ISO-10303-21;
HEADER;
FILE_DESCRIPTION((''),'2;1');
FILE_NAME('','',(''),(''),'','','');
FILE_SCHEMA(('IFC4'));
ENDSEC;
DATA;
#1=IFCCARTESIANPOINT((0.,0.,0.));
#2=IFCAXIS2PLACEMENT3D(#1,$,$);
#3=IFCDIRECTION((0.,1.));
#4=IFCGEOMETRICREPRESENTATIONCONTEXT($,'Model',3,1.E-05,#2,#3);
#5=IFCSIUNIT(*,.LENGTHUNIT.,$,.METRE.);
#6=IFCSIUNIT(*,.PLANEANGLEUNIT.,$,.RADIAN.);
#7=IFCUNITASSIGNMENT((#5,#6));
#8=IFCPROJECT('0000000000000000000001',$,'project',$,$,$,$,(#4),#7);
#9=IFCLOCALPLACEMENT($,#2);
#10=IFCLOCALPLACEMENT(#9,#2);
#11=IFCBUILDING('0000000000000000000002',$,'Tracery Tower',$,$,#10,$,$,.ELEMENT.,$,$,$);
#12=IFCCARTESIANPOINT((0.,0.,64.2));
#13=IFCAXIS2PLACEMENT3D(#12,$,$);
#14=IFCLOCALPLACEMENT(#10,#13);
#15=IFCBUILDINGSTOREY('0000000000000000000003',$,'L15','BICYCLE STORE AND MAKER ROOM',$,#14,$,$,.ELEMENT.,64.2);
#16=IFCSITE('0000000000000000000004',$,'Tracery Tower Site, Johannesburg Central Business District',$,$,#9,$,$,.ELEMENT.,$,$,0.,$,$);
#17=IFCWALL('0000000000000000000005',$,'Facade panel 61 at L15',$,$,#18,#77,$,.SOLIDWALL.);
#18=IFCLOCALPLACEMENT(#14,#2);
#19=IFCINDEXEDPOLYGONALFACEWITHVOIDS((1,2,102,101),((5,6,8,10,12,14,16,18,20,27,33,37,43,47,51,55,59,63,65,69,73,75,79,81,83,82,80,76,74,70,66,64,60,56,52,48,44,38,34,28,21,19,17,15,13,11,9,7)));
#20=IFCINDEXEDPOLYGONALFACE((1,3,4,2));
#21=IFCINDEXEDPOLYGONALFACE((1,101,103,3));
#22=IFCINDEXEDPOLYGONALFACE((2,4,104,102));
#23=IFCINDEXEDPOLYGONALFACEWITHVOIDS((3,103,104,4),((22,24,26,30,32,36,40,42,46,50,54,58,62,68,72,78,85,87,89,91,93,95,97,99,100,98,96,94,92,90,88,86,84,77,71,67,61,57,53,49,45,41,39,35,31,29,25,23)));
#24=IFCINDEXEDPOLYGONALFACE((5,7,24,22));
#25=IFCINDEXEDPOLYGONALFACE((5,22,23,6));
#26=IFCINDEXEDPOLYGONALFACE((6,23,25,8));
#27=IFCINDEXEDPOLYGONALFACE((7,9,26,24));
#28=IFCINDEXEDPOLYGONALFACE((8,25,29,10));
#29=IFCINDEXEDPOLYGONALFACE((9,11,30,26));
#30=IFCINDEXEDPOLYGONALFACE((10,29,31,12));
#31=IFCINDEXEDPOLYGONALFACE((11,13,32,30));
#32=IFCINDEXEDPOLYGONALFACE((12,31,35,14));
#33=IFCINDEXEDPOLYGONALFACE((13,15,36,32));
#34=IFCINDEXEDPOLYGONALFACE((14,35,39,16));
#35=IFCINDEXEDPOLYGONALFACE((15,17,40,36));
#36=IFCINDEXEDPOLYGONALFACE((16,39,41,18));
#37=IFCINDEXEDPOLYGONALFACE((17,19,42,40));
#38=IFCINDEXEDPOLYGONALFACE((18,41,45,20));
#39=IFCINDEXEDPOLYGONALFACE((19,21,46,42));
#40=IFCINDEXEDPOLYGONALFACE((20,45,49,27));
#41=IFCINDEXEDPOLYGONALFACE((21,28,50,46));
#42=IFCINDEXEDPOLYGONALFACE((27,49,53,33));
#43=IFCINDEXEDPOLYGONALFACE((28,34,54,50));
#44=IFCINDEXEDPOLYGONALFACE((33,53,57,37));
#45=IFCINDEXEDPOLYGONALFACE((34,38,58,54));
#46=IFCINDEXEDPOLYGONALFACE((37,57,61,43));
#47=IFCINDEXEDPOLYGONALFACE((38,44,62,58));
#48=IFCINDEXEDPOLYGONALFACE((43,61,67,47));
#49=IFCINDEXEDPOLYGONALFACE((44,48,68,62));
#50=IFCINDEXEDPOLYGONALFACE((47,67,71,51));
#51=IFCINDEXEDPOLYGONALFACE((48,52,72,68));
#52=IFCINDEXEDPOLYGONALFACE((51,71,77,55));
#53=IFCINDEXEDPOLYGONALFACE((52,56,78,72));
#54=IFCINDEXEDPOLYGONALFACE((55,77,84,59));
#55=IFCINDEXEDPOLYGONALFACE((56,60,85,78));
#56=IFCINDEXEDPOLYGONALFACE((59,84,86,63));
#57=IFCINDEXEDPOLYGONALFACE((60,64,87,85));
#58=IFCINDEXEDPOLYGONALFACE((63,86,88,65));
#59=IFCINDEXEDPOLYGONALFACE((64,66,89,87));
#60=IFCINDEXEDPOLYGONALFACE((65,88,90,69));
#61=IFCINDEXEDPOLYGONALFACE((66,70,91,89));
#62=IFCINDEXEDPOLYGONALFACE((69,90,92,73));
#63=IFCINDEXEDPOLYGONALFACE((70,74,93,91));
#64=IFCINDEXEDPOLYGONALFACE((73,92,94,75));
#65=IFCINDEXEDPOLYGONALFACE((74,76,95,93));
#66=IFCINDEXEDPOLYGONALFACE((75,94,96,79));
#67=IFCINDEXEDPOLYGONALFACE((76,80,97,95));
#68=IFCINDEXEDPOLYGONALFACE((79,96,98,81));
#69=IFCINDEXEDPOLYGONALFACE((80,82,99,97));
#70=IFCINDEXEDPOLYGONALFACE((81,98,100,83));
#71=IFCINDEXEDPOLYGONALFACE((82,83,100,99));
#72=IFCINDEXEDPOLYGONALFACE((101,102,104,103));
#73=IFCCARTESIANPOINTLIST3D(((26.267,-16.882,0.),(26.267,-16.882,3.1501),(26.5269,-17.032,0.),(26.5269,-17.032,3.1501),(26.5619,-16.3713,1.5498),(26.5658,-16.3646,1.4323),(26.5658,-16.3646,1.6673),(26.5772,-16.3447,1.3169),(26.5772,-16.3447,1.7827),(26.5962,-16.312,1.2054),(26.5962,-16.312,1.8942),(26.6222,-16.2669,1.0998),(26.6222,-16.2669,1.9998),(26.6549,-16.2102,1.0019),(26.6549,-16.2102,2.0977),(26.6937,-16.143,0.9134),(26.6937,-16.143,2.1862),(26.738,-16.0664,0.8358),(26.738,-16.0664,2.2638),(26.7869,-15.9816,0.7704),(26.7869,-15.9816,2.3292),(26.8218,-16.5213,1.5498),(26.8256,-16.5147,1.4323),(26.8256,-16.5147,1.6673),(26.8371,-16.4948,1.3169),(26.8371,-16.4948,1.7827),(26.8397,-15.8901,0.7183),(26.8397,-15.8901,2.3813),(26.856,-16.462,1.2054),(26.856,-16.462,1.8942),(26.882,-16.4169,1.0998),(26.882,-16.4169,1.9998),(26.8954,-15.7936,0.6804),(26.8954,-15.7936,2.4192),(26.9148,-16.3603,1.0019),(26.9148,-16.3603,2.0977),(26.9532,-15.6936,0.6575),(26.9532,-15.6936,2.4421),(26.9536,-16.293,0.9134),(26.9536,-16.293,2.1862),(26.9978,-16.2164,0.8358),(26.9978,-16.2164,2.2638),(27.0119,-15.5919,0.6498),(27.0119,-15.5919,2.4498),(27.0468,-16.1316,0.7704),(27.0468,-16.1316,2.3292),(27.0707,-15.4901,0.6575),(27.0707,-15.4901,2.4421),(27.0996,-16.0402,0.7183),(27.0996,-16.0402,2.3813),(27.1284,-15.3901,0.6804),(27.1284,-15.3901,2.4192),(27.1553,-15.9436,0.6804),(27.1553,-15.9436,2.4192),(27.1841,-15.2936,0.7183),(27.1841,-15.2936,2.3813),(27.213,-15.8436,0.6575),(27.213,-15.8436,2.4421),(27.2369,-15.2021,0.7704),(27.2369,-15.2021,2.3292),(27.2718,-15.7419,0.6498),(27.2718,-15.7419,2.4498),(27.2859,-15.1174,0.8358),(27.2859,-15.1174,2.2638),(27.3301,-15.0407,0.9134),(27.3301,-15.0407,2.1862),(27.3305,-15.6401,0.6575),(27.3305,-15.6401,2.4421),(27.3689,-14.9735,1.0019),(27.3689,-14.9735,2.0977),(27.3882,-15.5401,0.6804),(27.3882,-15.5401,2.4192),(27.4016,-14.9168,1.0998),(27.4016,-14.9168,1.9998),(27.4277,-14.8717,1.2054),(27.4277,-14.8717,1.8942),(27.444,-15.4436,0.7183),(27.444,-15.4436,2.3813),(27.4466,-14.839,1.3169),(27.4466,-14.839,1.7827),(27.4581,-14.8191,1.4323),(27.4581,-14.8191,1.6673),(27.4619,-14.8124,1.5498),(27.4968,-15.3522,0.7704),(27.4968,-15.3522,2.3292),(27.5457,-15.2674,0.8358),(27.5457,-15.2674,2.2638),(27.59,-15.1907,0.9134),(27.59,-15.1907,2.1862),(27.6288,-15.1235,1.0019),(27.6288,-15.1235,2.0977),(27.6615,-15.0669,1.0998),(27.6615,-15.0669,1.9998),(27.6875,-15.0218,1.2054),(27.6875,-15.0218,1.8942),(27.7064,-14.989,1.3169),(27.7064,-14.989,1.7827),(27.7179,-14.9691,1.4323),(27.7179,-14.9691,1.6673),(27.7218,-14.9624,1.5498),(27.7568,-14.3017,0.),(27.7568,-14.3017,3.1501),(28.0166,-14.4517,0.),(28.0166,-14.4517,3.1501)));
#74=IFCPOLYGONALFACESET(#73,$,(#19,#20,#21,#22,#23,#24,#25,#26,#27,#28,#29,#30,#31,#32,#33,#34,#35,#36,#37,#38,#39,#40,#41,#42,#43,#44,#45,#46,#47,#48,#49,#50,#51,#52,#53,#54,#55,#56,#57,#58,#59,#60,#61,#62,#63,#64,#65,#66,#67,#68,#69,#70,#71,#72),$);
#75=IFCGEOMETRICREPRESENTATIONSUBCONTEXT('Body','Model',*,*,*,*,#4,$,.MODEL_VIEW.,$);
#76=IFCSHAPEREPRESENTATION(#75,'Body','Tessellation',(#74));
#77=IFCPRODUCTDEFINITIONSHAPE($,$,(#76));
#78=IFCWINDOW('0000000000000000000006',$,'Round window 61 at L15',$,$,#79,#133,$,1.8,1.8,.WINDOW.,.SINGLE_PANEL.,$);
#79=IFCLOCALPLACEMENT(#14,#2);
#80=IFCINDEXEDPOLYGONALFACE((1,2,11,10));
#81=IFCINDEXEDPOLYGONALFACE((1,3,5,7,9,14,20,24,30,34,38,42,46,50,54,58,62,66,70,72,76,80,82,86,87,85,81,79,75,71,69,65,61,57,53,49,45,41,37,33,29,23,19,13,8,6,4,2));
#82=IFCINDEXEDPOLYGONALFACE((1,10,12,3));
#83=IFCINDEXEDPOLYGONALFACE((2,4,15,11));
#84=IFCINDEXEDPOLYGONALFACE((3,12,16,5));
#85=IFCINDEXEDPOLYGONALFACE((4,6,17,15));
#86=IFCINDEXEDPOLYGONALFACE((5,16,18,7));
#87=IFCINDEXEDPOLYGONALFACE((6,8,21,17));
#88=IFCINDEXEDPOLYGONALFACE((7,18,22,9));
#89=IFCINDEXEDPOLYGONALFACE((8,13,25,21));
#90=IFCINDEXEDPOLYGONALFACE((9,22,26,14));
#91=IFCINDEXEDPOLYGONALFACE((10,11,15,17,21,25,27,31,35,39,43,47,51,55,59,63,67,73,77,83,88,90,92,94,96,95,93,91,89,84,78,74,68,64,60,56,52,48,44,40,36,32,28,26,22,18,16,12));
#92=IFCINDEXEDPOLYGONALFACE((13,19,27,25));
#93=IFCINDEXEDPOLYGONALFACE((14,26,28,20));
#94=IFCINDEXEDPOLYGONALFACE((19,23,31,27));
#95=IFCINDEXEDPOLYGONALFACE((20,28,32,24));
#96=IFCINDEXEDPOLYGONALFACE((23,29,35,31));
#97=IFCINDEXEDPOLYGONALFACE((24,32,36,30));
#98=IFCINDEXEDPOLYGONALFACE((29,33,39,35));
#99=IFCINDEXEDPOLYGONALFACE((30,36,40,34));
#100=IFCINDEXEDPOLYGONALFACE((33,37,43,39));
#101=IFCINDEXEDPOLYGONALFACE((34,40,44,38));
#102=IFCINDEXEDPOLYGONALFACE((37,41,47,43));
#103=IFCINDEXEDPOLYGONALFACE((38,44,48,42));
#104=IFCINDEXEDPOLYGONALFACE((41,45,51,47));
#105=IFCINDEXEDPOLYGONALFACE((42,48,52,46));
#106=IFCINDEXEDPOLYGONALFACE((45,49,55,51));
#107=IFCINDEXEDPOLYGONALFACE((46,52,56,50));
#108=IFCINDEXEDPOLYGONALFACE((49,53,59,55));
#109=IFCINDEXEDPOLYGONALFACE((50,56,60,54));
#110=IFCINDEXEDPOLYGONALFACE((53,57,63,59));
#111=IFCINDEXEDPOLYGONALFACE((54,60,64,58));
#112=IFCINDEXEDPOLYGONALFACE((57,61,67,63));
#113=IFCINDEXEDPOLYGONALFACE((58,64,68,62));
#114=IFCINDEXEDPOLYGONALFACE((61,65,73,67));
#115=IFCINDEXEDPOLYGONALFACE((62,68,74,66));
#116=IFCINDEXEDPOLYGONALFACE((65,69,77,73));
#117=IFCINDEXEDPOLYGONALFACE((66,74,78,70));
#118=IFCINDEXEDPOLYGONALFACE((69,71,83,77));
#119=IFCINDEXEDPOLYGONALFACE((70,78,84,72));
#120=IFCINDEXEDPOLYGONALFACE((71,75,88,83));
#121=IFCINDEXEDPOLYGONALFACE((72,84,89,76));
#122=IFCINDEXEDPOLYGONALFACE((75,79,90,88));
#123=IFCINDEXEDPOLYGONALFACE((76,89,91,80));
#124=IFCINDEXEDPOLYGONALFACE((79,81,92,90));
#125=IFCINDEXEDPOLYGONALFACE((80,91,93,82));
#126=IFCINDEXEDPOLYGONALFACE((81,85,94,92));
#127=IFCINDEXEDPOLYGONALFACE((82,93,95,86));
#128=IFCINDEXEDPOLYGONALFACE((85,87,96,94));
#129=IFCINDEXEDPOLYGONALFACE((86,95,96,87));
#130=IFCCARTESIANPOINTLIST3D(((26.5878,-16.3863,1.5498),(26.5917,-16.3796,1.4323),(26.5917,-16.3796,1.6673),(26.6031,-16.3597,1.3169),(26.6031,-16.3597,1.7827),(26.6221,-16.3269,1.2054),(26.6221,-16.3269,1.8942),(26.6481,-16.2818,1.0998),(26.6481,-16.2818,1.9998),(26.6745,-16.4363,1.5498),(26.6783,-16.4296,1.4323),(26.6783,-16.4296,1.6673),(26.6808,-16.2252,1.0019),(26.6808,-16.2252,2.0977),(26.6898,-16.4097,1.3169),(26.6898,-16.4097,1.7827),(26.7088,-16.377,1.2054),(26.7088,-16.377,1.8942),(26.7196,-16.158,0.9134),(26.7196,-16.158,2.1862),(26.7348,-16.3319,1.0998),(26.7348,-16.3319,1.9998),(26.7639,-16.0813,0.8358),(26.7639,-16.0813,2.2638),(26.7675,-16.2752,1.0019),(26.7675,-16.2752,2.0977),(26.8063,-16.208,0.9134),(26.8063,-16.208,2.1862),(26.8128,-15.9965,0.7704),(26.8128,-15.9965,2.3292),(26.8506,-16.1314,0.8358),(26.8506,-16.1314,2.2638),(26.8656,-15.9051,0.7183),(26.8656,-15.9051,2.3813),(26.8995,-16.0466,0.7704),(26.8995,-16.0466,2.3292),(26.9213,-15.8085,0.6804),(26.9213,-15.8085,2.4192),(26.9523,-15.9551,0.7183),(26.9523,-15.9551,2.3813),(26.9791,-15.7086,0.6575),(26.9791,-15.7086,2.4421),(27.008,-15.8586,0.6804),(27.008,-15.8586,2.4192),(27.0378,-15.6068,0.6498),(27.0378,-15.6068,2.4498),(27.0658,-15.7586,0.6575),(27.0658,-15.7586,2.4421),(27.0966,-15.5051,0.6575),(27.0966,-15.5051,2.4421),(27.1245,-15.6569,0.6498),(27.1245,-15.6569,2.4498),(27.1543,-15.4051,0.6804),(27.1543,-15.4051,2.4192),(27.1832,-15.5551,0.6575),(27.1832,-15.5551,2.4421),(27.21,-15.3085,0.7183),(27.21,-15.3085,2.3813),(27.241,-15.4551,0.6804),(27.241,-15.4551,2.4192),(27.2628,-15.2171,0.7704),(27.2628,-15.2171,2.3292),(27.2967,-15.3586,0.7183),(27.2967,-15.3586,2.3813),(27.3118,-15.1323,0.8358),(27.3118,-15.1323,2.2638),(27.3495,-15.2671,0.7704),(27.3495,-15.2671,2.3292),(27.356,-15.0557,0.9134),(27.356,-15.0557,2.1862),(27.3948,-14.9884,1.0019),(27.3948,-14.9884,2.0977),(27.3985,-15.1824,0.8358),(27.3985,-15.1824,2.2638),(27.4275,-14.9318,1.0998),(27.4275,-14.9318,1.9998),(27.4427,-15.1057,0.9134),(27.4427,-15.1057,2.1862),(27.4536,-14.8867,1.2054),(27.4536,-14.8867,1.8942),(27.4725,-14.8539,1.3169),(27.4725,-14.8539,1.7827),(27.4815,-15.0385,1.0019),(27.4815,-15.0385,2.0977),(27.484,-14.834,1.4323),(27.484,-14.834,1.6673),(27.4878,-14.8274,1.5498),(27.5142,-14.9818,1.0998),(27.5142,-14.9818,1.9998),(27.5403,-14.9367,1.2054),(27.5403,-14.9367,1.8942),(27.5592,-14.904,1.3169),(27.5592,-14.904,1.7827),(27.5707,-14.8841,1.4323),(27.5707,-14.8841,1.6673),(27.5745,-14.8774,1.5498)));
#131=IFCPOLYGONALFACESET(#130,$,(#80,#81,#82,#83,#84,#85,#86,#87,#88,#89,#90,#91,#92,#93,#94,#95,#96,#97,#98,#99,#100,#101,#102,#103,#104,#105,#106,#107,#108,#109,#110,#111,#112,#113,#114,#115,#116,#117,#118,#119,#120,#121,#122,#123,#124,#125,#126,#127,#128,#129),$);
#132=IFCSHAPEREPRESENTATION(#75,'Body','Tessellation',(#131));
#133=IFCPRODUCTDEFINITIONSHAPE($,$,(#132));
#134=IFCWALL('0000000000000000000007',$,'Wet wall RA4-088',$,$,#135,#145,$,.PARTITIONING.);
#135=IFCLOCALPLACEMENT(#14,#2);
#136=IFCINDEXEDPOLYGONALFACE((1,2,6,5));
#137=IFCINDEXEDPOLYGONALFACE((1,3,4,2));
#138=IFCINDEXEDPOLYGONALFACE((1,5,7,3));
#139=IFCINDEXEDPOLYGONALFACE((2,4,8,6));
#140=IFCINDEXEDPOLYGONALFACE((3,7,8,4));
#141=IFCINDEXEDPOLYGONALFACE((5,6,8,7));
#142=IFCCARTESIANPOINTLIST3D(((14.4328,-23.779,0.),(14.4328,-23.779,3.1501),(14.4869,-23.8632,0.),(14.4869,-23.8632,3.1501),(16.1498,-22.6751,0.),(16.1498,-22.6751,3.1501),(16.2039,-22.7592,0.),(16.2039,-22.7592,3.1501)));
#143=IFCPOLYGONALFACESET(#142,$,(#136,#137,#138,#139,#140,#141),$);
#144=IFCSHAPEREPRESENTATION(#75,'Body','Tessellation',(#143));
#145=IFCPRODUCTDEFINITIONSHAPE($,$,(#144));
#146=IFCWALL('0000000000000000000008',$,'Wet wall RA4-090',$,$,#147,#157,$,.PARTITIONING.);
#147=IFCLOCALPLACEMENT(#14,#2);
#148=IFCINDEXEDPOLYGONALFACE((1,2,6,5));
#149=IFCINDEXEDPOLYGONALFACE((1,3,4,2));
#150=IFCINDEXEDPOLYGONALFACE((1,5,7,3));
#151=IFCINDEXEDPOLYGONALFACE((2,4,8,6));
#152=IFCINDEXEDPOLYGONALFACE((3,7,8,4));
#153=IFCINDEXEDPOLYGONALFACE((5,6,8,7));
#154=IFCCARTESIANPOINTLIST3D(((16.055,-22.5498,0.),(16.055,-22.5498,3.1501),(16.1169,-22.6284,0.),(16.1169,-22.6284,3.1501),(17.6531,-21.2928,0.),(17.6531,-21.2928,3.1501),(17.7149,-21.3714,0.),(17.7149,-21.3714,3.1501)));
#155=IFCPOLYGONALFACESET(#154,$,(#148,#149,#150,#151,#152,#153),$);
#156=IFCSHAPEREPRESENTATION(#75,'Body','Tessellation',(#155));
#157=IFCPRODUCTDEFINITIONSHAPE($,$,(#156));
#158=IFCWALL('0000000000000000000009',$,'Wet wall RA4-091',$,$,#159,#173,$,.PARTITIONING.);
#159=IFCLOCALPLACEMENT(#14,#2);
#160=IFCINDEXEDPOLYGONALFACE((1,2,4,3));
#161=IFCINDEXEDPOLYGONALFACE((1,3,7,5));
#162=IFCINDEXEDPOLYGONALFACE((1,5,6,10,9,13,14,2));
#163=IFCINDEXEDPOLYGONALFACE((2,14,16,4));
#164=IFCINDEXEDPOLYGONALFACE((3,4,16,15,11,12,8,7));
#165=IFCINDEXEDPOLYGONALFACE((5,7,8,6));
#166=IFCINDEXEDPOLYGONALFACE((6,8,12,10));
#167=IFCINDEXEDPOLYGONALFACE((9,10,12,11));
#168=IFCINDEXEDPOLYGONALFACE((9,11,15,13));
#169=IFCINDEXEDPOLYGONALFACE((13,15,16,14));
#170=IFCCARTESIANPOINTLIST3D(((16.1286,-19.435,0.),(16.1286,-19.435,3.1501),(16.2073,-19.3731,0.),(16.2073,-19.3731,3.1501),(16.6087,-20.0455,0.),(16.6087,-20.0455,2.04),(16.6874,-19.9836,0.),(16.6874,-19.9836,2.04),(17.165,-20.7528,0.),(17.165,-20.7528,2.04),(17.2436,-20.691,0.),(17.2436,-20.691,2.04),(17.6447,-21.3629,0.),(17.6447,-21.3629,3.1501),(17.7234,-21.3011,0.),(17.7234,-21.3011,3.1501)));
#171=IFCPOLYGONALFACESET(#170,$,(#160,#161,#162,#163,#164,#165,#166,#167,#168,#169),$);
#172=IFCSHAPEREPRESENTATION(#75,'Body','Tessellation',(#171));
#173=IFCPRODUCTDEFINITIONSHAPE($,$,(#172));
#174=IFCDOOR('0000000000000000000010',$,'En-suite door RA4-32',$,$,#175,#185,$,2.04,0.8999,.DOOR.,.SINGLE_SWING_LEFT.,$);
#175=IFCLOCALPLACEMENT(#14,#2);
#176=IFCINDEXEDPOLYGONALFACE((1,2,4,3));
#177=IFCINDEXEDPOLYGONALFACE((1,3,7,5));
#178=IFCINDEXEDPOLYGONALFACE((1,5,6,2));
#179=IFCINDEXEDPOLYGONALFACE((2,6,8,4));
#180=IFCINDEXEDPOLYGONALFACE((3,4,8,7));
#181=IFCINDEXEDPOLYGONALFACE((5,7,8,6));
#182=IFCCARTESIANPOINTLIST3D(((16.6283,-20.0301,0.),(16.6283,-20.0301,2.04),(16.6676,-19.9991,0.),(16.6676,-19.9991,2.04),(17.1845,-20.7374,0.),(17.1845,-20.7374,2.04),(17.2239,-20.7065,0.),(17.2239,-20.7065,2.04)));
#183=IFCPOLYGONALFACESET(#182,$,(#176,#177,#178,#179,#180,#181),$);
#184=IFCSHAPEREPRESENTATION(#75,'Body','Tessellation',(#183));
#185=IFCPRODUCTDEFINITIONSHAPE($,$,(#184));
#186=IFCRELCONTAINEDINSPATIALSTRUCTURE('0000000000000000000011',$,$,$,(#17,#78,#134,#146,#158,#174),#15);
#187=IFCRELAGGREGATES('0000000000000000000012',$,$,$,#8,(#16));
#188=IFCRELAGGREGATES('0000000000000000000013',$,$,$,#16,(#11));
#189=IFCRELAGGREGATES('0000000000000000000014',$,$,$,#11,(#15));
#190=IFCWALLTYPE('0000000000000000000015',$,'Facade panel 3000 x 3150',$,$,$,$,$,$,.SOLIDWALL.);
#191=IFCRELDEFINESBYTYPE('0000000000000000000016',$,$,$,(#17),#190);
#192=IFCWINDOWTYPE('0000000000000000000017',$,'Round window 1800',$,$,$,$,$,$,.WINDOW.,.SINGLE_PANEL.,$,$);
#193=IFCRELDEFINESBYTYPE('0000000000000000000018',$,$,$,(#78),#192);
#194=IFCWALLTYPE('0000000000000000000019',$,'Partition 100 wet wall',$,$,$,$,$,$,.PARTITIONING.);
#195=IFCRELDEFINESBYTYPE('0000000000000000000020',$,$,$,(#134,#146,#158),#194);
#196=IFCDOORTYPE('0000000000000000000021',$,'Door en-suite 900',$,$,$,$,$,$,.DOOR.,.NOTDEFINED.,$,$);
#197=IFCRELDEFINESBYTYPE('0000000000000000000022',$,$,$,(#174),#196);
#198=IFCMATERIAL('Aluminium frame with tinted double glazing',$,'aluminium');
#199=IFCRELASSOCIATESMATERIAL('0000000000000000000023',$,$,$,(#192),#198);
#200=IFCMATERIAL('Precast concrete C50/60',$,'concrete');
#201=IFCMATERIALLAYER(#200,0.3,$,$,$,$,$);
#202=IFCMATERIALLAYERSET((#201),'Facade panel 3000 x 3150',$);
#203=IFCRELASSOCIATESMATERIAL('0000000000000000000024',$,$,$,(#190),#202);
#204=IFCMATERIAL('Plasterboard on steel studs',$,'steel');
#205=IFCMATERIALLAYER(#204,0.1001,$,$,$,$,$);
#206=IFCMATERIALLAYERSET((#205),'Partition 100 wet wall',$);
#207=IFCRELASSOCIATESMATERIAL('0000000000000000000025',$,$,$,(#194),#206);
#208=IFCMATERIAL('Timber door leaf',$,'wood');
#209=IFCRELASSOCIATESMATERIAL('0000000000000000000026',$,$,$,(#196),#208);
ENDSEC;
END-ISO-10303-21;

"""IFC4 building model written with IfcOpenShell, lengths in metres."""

from ifc_helpers import new_model, si_unit, direction, frame, frame_2d, origin, origin_2d, place, context, subcontext, project, spatial, rectangle, circle, extrude, material, layer, layer_set, type_object, element, fill, save


model = new_model("IFC4")

# Units and contexts
model_context = context("Model", 3, precision=1e-05, world=origin(), true_north=direction((0.0, 1.0)))
body_context = subcontext(model_context, "Body", "Model", "MODEL_VIEW")
ifc_project = project(units=[si_unit("LENGTHUNIT", "METRE"), si_unit("PLANEANGLEUNIT", "RADIAN")], contexts=[model_context])

# Site, building, storey
site_placement = place(None, origin())
site = spatial("IfcSite", under=ifc_project, at=site_placement, Name="Tracery Tower Site, Johannesburg Central Business District", CompositionType="ELEMENT", RefElevation=0.0)
building_placement = place(site_placement, origin())
building = spatial("IfcBuilding", under=site, at=building_placement, Name="Tracery Tower", CompositionType="ELEMENT")
storey_placement = place(building_placement, frame((0.0, 0.0, 64.2)))
storey = spatial("IfcBuildingStorey", under=building, at=storey_placement, Name="L15", Description="BICYCLE STORE AND MAKER ROOM", CompositionType="ELEMENT", Elevation=64.2)

# Wall, opening, window
ifc_material_1 = material(Name="Aluminium frame with tinted double glazing", Category="aluminium")
window_type = type_object("IfcWindowType", Name="Round window 1800", PartitioningType="SINGLE_PANEL", PredefinedType="WINDOW", material=ifc_material_1)
ifc_material_2 = material(Name="Precast concrete C50/60", Category="concrete")
ifc_layer_1 = layer(ifc_material_2, 0.3)
ifc_layer_set_1 = layer_set([ifc_layer_1], Name="Facade panel 3000 x 3150")
wall_type_1 = type_object("IfcWallType", Name="Facade panel 3000 x 3150", PredefinedType="SOLIDWALL", material=ifc_layer_set_1)
wall_1_placement = place(storey_placement, frame((26.397, -16.957, 0.0), z_axis=(0.0, 0.0, 1.0), x_axis=(0.499999, 0.866026, 0.0)))
wall_1 = element("IfcWall", 1, at=wall_1_placement, inside=storey, type_object=wall_type_1, Name="Facade panel 61 at L15", PredefinedType="SOLIDWALL", context=body_context, shape_type="SweptSolid", body=[
    extrude(rectangle(XDim=2.9795, YDim=0.3, at=frame_2d((1.4897, 0.0))), origin(), (0.0, 0.0, 1.0), 3.1501),
])
opening_1_placement = place(wall_1_placement, frame((1.4897, 0.0, 1.5498)))
opening_1 = element("IfcOpeningElement", 2, at=opening_1_placement, cuts=wall_1, PredefinedType="OPENING", context=body_context, shape_type="SweptSolid", body=[
    extrude(circle(Radius=0.9, at=origin_2d()), frame((0.0, 0.1599, 0.0), z_axis=(0.0, -1.0, 0.0), x_axis=(1.0, 0.0, 0.0)), (0.0, 0.0, 1.0), 0.3201),
])
window_1_placement = place(opening_1_placement, origin())
window_1 = element("IfcWindow", 3, at=window_1_placement, inside=storey, type_object=window_type, Name="Round window 61 at L15", OverallHeight=1.8, OverallWidth=1.8, PartitioningType="SINGLE_PANEL", PredefinedType="WINDOW", context=body_context, shape_type="SweptSolid", body=[
    extrude(circle(Radius=0.9, at=origin_2d()), frame((0.0, 0.1201, 0.0), z_axis=(0.0, -1.0, 0.0), x_axis=(1.0, 0.0, 0.0)), (0.0, 0.0, 1.0), 0.1001),
])
fill(opening_1, window_1)

# Walls
ifc_material_3 = material(Name="Plasterboard on steel studs", Category="steel")
ifc_layer_2 = layer(ifc_material_3, 0.1001)
ifc_layer_set_2 = layer_set([ifc_layer_2], Name="Partition 100 wet wall")
wall_type_2 = type_object("IfcWallType", Name="Partition 100 wet wall", PredefinedType="PARTITIONING", material=ifc_layer_set_2)
wall_2_placement = place(storey_placement, frame((14.46, -23.821, 0.0), z_axis=(0.0, 0.0, 1.0), x_axis=(0.841136, 0.540824, 0.0)))
element("IfcWall", 4, at=wall_2_placement, inside=storey, type_object=wall_type_2, Name="Wet wall RA4-088", PredefinedType="PARTITIONING", context=body_context, shape_type="SweptSolid", body=[
    extrude(rectangle(XDim=2.0413, YDim=0.1001, at=frame_2d((1.0205, 0.0))), origin(), (0.0, 0.0, 1.0), 3.1501),
])
wall_3_placement = place(storey_placement, frame((16.0859, -22.5891, 0.0), z_axis=(0.0, 0.0, 1.0), x_axis=(0.785985, 0.618246, 0.0)))
element("IfcWall", 5, at=wall_3_placement, inside=storey, type_object=wall_type_2, Name="Wet wall RA4-090", PredefinedType="PARTITIONING", context=body_context, shape_type="SweptSolid", body=[
    extrude(rectangle(XDim=2.0332, YDim=0.1001, at=frame_2d((1.0166, 0.0))), origin(), (0.0, 0.0, 1.0), 3.1501),
])

# Wall, opening, door
wall_4_placement = place(storey_placement, frame((16.168, -19.4041, 0.0), z_axis=(0.0, 0.0, 1.0), x_axis=(0.618142, -0.786066, 0.0)))
wall_4 = element("IfcWall", 6, at=wall_4_placement, inside=storey, type_object=wall_type_2, Name="Wet wall RA4-091", PredefinedType="PARTITIONING", context=body_context, shape_type="SweptSolid", body=[
    extrude(rectangle(XDim=2.4526, YDim=0.1001, at=frame_2d((1.2263, 0.0))), origin(), (0.0, 0.0, 1.0), 3.1501),
])
opening_2_placement = place(wall_4_placement, frame((0.7766, 0.0, 0.0)))
opening_2 = element("IfcOpeningElement", 7, at=opening_2_placement, cuts=wall_4, PredefinedType="OPENING", context=body_context, shape_type="SweptSolid", body=[
    extrude(rectangle(XDim=0.8999, YDim=2.04, at=frame_2d((0.45, 1.02))), frame((0.0, 0.05, 0.0), z_axis=(0.0, -1.0, 0.0), x_axis=(1.0, 0.0, 0.0)), (0.0, 0.0, 1.0), 0.1001),
])
ifc_material_4 = material(Name="Timber door leaf", Category="wood")
door_type_1 = type_object("IfcDoorType", Name="Door en-suite 900", OperationType="NOTDEFINED", PredefinedType="DOOR", material=ifc_material_4)
door_1_placement = place(opening_2_placement, origin())
door_1 = element("IfcDoor", 8, at=door_1_placement, inside=storey, type_object=door_type_1, Name="En-suite door RA4-32", OperationType="SINGLE_SWING_LEFT", OverallHeight=2.04, OverallWidth=0.8999, PredefinedType="DOOR", context=body_context, shape_type="SweptSolid", body=[
    extrude(rectangle(XDim=0.8999, YDim=2.04, at=frame_2d((0.45, 1.02))), frame((0.0, 0.0249, 0.0), z_axis=(0.0, -1.0, 0.0), x_axis=(1.0, 0.0, 0.0)), (0.0, 0.0, 1.0), 0.05),
])
fill(opening_2, door_1)

save(model, "model.ifc")
